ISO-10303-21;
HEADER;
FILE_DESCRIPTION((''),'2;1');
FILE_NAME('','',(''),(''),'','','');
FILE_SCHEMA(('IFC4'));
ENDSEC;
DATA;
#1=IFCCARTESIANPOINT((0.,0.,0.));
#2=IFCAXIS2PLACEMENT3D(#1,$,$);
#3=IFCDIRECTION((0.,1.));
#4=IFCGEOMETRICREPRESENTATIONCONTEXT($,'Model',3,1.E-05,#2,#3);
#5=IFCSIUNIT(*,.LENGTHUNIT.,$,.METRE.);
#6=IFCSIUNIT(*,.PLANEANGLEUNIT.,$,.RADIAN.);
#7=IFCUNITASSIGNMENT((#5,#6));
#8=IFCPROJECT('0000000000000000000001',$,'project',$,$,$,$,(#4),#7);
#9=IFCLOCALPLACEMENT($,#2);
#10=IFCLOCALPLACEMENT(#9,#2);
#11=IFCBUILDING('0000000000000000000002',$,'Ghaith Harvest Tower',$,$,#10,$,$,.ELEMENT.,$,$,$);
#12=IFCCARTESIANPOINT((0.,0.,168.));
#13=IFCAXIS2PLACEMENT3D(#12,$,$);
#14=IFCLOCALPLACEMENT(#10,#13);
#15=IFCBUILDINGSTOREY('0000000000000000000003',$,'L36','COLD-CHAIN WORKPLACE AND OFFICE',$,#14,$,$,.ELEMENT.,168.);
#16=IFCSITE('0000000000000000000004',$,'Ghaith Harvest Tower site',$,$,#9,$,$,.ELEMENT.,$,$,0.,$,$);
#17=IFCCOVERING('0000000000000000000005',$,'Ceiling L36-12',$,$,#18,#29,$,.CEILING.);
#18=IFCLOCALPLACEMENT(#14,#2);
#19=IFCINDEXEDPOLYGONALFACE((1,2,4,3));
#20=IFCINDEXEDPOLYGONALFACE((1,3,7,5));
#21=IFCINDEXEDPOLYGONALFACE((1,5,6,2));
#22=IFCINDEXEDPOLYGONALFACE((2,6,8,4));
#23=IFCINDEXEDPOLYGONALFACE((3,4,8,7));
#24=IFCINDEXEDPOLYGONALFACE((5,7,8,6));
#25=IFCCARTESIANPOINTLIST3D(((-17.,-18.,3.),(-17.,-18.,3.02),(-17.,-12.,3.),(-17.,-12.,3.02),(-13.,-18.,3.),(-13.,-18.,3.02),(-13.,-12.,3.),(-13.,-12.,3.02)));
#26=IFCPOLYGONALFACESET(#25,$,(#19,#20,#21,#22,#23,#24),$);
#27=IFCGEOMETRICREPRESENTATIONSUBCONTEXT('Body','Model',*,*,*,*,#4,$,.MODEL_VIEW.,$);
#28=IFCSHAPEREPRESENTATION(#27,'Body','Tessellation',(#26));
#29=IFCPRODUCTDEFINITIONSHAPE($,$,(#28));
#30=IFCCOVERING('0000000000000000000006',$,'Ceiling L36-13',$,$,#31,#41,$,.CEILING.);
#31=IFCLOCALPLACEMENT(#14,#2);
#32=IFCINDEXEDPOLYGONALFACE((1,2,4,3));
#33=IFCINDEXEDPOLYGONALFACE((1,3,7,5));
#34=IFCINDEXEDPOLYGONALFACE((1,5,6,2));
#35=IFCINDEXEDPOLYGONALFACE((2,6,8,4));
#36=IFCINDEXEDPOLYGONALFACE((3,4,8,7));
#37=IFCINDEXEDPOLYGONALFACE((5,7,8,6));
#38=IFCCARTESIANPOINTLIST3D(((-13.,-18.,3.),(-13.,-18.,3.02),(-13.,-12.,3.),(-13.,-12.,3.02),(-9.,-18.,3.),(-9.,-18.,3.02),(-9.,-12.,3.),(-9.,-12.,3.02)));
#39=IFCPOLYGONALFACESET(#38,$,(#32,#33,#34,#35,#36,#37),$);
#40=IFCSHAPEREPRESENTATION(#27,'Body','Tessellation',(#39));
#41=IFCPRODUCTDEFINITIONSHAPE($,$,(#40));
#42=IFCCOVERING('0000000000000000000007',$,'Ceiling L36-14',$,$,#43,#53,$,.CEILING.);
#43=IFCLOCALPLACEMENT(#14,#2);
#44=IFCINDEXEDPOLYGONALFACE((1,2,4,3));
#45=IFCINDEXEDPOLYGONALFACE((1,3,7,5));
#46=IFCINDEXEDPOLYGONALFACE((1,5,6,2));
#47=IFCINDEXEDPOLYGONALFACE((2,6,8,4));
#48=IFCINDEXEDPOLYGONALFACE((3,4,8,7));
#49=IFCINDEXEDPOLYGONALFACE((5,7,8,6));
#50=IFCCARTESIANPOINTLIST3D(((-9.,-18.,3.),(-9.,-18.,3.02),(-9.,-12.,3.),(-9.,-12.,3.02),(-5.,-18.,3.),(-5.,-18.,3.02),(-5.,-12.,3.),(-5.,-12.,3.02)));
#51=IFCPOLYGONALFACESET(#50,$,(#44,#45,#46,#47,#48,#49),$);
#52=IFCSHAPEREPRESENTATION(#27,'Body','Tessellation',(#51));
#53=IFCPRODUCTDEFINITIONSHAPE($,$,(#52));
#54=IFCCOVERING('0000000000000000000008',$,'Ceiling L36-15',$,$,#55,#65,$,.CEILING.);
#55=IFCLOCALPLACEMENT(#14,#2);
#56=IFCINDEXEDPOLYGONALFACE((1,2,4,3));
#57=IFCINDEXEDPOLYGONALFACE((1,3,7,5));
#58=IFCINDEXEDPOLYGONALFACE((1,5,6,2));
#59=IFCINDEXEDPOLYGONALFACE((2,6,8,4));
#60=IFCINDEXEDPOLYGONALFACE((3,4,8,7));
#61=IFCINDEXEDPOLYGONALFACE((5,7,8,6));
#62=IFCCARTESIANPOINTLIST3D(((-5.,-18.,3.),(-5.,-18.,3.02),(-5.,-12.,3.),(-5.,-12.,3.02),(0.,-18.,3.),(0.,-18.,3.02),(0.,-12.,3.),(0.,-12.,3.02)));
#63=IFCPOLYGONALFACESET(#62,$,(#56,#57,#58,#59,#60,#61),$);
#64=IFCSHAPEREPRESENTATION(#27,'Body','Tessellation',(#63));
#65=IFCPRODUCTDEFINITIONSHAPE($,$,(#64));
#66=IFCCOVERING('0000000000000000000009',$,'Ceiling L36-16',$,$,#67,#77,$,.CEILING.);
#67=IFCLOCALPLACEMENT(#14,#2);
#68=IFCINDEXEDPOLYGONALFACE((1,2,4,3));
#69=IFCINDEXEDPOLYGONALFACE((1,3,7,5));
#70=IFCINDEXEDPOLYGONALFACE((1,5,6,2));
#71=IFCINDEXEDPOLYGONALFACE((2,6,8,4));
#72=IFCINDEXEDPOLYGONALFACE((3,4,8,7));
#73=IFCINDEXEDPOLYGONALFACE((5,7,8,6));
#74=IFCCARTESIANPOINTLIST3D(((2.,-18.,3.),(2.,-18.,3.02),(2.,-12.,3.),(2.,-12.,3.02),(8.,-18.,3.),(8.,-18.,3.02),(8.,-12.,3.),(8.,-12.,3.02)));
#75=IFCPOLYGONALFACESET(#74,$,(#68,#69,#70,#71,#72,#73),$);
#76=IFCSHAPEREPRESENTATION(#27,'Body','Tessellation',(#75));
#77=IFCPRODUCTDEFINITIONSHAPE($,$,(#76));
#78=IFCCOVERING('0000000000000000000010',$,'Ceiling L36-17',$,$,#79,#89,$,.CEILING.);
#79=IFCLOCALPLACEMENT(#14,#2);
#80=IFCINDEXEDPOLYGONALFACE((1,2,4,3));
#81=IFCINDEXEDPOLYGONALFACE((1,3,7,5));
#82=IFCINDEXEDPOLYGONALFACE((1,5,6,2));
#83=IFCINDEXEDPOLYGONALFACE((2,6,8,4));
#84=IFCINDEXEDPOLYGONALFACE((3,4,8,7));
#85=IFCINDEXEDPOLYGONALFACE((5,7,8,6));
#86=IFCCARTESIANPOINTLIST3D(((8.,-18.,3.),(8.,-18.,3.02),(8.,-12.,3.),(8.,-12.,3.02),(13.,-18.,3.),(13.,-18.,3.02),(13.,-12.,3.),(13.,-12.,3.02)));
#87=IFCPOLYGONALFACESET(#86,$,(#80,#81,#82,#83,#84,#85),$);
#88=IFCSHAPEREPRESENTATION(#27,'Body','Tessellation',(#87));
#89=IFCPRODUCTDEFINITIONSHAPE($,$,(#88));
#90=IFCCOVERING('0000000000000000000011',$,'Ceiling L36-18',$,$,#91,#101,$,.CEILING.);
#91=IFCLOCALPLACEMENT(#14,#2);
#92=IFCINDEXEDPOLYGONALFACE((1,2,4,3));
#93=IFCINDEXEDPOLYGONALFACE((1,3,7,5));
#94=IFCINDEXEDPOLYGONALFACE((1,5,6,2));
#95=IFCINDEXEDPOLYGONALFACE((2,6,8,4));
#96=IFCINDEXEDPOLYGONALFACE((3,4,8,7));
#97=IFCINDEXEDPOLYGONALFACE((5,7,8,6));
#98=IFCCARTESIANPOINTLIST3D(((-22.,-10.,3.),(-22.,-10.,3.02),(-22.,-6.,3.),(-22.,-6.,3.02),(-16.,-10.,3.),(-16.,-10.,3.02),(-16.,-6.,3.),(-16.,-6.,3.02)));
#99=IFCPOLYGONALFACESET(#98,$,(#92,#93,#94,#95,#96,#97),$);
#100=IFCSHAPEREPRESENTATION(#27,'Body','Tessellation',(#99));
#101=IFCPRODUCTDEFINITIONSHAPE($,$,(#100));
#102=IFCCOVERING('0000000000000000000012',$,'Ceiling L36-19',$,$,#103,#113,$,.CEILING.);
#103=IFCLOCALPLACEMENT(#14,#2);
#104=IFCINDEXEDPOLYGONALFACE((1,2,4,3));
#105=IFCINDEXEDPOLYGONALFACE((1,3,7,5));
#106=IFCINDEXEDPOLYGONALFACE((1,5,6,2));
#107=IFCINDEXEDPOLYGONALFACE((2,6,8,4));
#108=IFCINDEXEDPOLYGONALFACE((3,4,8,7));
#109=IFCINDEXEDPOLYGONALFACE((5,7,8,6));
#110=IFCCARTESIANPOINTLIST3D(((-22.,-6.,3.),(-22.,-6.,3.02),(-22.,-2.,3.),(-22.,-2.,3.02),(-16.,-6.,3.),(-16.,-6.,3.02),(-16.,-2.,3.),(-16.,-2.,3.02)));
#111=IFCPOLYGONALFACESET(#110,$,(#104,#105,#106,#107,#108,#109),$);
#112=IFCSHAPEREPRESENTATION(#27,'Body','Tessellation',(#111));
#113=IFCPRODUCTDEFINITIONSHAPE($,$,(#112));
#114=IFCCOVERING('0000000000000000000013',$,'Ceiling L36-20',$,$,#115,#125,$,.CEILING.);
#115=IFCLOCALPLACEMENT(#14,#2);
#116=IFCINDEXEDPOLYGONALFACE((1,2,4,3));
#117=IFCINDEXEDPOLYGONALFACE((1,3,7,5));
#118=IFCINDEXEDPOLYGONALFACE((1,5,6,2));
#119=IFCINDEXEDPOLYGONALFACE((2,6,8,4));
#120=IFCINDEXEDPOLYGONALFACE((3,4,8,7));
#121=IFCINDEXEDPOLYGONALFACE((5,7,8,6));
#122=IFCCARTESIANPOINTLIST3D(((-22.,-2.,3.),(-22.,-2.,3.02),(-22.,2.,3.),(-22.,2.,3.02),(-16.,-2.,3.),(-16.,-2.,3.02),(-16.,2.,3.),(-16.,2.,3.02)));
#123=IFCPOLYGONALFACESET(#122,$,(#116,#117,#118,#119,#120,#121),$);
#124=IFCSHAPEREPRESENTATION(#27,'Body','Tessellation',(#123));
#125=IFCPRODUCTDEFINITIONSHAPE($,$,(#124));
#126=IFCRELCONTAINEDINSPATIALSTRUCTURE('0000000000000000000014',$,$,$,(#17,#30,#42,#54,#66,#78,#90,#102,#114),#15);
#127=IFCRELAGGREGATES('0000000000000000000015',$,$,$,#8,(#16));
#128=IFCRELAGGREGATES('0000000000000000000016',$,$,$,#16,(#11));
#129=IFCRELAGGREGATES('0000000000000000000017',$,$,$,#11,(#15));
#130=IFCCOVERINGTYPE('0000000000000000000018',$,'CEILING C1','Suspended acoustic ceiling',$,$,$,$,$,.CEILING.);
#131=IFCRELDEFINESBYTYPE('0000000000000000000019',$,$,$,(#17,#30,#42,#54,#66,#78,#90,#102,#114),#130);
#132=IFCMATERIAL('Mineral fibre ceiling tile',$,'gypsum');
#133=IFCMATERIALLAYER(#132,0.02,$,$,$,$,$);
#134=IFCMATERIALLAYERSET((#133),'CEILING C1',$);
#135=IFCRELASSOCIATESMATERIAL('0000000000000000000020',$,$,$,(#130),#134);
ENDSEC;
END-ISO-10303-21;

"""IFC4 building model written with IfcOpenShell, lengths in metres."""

from ifc_helpers import new_model, si_unit, direction, frame, origin, place, context, subcontext, project, spatial, polyline, outline, extrude, material, layer, layer_set, type_object, element, save


model = new_model("IFC4")

# Units and contexts
model_context = context("Model", 3, precision=1e-05, world=origin(), true_north=direction((0.0, 1.0)))
body_context = subcontext(model_context, "Body", "Model", "MODEL_VIEW")
ifc_project = project(units=[si_unit("LENGTHUNIT", "METRE"), si_unit("PLANEANGLEUNIT", "RADIAN")], contexts=[model_context])

# Site, building, storey
site_placement = place(None, origin())
site = spatial("IfcSite", under=ifc_project, at=site_placement, Name="Ghaith Harvest Tower site", CompositionType="ELEMENT", RefElevation=0.0)
building_placement = place(site_placement, origin())
building = spatial("IfcBuilding", under=site, at=building_placement, Name="Ghaith Harvest Tower", CompositionType="ELEMENT")
storey_placement = place(building_placement, frame((0.0, 0.0, 168.0)))
storey = spatial("IfcBuildingStorey", under=building, at=storey_placement, Name="L36", Description="COLD-CHAIN WORKPLACE AND OFFICE", CompositionType="ELEMENT", Elevation=168.0)

# Coverings
ifc_material_1 = material(Name="Mineral fibre ceiling tile", Category="gypsum")
ifc_layer_1 = layer(ifc_material_1, 0.02)
ifc_layer_set_1 = layer_set([ifc_layer_1], Name="CEILING C1")
covering_type = type_object("IfcCoveringType", Name="CEILING C1", Description="Suspended acoustic ceiling", PredefinedType="CEILING", material=ifc_layer_set_1)
covering_1_placement = place(storey_placement, frame((0.0, 0.0, 3.0)))
element("IfcCovering", 1, at=covering_1_placement, inside=storey, type_object=covering_type, Name="Ceiling L36-12", PredefinedType="CEILING", context=body_context, shape_type="SweptSolid", body=[
    extrude(outline(polyline([(-17.0, -18.0), (-13.0, -18.0), (-13.0, -12.0), (-17.0, -12.0), (-17.0, -18.0)])), origin(), (0.0, 0.0, 1.0), 0.02),
])
covering_2_placement = place(storey_placement, frame((0.0, 0.0, 3.0)))
element("IfcCovering", 2, at=covering_2_placement, inside=storey, type_object=covering_type, Name="Ceiling L36-13", PredefinedType="CEILING", context=body_context, shape_type="SweptSolid", body=[
    extrude(outline(polyline([(-13.0, -18.0), (-9.0, -18.0), (-9.0, -12.0), (-13.0, -12.0), (-13.0, -18.0)])), origin(), (0.0, 0.0, 1.0), 0.02),
])
covering_3_placement = place(storey_placement, frame((0.0, 0.0, 3.0)))
element("IfcCovering", 3, at=covering_3_placement, inside=storey, type_object=covering_type, Name="Ceiling L36-14", PredefinedType="CEILING", context=body_context, shape_type="SweptSolid", body=[
    extrude(outline(polyline([(-9.0, -18.0), (-5.0, -18.0), (-5.0, -12.0), (-9.0, -12.0), (-9.0, -18.0)])), origin(), (0.0, 0.0, 1.0), 0.02),
])
covering_4_placement = place(storey_placement, frame((0.0, 0.0, 3.0)))
element("IfcCovering", 4, at=covering_4_placement, inside=storey, type_object=covering_type, Name="Ceiling L36-15", PredefinedType="CEILING", context=body_context, shape_type="SweptSolid", body=[
    extrude(outline(polyline([(-5.0, -18.0), (0.0, -18.0), (0.0, -12.0), (-5.0, -12.0), (-5.0, -18.0)])), origin(), (0.0, 0.0, 1.0), 0.02),
])
covering_5_placement = place(storey_placement, frame((0.0, 0.0, 3.0)))
element("IfcCovering", 5, at=covering_5_placement, inside=storey, type_object=covering_type, Name="Ceiling L36-16", PredefinedType="CEILING", context=body_context, shape_type="SweptSolid", body=[
    extrude(outline(polyline([(2.0, -18.0), (8.0, -18.0), (8.0, -12.0), (2.0, -12.0), (2.0, -18.0)])), origin(), (0.0, 0.0, 1.0), 0.02),
])
covering_6_placement = place(storey_placement, frame((0.0, 0.0, 3.0)))
element("IfcCovering", 6, at=covering_6_placement, inside=storey, type_object=covering_type, Name="Ceiling L36-17", PredefinedType="CEILING", context=body_context, shape_type="SweptSolid", body=[
    extrude(outline(polyline([(8.0, -18.0), (13.0, -18.0), (13.0, -12.0), (8.0, -12.0), (8.0, -18.0)])), origin(), (0.0, 0.0, 1.0), 0.02),
])
covering_7_placement = place(storey_placement, frame((0.0, 0.0, 3.0)))
element("IfcCovering", 7, at=covering_7_placement, inside=storey, type_object=covering_type, Name="Ceiling L36-18", PredefinedType="CEILING", context=body_context, shape_type="SweptSolid", body=[
    extrude(outline(polyline([(-22.0, -10.0), (-16.0, -10.0), (-16.0, -6.0), (-22.0, -6.0), (-22.0, -10.0)])), origin(), (0.0, 0.0, 1.0), 0.02),
])
covering_8_placement = place(storey_placement, frame((0.0, 0.0, 3.0)))
element("IfcCovering", 8, at=covering_8_placement, inside=storey, type_object=covering_type, Name="Ceiling L36-19", PredefinedType="CEILING", context=body_context, shape_type="SweptSolid", body=[
    extrude(outline(polyline([(-22.0, -6.0), (-16.0, -6.0), (-16.0, -2.0), (-22.0, -2.0), (-22.0, -6.0)])), origin(), (0.0, 0.0, 1.0), 0.02),
])
covering_9_placement = place(storey_placement, frame((0.0, 0.0, 3.0)))
element("IfcCovering", 9, at=covering_9_placement, inside=storey, type_object=covering_type, Name="Ceiling L36-20", PredefinedType="CEILING", context=body_context, shape_type="SweptSolid", body=[
    extrude(outline(polyline([(-22.0, -2.0), (-16.0, -2.0), (-16.0, 2.0), (-22.0, 2.0), (-22.0, -2.0)])), origin(), (0.0, 0.0, 1.0), 0.02),
])

save(model, "model.ifc")
